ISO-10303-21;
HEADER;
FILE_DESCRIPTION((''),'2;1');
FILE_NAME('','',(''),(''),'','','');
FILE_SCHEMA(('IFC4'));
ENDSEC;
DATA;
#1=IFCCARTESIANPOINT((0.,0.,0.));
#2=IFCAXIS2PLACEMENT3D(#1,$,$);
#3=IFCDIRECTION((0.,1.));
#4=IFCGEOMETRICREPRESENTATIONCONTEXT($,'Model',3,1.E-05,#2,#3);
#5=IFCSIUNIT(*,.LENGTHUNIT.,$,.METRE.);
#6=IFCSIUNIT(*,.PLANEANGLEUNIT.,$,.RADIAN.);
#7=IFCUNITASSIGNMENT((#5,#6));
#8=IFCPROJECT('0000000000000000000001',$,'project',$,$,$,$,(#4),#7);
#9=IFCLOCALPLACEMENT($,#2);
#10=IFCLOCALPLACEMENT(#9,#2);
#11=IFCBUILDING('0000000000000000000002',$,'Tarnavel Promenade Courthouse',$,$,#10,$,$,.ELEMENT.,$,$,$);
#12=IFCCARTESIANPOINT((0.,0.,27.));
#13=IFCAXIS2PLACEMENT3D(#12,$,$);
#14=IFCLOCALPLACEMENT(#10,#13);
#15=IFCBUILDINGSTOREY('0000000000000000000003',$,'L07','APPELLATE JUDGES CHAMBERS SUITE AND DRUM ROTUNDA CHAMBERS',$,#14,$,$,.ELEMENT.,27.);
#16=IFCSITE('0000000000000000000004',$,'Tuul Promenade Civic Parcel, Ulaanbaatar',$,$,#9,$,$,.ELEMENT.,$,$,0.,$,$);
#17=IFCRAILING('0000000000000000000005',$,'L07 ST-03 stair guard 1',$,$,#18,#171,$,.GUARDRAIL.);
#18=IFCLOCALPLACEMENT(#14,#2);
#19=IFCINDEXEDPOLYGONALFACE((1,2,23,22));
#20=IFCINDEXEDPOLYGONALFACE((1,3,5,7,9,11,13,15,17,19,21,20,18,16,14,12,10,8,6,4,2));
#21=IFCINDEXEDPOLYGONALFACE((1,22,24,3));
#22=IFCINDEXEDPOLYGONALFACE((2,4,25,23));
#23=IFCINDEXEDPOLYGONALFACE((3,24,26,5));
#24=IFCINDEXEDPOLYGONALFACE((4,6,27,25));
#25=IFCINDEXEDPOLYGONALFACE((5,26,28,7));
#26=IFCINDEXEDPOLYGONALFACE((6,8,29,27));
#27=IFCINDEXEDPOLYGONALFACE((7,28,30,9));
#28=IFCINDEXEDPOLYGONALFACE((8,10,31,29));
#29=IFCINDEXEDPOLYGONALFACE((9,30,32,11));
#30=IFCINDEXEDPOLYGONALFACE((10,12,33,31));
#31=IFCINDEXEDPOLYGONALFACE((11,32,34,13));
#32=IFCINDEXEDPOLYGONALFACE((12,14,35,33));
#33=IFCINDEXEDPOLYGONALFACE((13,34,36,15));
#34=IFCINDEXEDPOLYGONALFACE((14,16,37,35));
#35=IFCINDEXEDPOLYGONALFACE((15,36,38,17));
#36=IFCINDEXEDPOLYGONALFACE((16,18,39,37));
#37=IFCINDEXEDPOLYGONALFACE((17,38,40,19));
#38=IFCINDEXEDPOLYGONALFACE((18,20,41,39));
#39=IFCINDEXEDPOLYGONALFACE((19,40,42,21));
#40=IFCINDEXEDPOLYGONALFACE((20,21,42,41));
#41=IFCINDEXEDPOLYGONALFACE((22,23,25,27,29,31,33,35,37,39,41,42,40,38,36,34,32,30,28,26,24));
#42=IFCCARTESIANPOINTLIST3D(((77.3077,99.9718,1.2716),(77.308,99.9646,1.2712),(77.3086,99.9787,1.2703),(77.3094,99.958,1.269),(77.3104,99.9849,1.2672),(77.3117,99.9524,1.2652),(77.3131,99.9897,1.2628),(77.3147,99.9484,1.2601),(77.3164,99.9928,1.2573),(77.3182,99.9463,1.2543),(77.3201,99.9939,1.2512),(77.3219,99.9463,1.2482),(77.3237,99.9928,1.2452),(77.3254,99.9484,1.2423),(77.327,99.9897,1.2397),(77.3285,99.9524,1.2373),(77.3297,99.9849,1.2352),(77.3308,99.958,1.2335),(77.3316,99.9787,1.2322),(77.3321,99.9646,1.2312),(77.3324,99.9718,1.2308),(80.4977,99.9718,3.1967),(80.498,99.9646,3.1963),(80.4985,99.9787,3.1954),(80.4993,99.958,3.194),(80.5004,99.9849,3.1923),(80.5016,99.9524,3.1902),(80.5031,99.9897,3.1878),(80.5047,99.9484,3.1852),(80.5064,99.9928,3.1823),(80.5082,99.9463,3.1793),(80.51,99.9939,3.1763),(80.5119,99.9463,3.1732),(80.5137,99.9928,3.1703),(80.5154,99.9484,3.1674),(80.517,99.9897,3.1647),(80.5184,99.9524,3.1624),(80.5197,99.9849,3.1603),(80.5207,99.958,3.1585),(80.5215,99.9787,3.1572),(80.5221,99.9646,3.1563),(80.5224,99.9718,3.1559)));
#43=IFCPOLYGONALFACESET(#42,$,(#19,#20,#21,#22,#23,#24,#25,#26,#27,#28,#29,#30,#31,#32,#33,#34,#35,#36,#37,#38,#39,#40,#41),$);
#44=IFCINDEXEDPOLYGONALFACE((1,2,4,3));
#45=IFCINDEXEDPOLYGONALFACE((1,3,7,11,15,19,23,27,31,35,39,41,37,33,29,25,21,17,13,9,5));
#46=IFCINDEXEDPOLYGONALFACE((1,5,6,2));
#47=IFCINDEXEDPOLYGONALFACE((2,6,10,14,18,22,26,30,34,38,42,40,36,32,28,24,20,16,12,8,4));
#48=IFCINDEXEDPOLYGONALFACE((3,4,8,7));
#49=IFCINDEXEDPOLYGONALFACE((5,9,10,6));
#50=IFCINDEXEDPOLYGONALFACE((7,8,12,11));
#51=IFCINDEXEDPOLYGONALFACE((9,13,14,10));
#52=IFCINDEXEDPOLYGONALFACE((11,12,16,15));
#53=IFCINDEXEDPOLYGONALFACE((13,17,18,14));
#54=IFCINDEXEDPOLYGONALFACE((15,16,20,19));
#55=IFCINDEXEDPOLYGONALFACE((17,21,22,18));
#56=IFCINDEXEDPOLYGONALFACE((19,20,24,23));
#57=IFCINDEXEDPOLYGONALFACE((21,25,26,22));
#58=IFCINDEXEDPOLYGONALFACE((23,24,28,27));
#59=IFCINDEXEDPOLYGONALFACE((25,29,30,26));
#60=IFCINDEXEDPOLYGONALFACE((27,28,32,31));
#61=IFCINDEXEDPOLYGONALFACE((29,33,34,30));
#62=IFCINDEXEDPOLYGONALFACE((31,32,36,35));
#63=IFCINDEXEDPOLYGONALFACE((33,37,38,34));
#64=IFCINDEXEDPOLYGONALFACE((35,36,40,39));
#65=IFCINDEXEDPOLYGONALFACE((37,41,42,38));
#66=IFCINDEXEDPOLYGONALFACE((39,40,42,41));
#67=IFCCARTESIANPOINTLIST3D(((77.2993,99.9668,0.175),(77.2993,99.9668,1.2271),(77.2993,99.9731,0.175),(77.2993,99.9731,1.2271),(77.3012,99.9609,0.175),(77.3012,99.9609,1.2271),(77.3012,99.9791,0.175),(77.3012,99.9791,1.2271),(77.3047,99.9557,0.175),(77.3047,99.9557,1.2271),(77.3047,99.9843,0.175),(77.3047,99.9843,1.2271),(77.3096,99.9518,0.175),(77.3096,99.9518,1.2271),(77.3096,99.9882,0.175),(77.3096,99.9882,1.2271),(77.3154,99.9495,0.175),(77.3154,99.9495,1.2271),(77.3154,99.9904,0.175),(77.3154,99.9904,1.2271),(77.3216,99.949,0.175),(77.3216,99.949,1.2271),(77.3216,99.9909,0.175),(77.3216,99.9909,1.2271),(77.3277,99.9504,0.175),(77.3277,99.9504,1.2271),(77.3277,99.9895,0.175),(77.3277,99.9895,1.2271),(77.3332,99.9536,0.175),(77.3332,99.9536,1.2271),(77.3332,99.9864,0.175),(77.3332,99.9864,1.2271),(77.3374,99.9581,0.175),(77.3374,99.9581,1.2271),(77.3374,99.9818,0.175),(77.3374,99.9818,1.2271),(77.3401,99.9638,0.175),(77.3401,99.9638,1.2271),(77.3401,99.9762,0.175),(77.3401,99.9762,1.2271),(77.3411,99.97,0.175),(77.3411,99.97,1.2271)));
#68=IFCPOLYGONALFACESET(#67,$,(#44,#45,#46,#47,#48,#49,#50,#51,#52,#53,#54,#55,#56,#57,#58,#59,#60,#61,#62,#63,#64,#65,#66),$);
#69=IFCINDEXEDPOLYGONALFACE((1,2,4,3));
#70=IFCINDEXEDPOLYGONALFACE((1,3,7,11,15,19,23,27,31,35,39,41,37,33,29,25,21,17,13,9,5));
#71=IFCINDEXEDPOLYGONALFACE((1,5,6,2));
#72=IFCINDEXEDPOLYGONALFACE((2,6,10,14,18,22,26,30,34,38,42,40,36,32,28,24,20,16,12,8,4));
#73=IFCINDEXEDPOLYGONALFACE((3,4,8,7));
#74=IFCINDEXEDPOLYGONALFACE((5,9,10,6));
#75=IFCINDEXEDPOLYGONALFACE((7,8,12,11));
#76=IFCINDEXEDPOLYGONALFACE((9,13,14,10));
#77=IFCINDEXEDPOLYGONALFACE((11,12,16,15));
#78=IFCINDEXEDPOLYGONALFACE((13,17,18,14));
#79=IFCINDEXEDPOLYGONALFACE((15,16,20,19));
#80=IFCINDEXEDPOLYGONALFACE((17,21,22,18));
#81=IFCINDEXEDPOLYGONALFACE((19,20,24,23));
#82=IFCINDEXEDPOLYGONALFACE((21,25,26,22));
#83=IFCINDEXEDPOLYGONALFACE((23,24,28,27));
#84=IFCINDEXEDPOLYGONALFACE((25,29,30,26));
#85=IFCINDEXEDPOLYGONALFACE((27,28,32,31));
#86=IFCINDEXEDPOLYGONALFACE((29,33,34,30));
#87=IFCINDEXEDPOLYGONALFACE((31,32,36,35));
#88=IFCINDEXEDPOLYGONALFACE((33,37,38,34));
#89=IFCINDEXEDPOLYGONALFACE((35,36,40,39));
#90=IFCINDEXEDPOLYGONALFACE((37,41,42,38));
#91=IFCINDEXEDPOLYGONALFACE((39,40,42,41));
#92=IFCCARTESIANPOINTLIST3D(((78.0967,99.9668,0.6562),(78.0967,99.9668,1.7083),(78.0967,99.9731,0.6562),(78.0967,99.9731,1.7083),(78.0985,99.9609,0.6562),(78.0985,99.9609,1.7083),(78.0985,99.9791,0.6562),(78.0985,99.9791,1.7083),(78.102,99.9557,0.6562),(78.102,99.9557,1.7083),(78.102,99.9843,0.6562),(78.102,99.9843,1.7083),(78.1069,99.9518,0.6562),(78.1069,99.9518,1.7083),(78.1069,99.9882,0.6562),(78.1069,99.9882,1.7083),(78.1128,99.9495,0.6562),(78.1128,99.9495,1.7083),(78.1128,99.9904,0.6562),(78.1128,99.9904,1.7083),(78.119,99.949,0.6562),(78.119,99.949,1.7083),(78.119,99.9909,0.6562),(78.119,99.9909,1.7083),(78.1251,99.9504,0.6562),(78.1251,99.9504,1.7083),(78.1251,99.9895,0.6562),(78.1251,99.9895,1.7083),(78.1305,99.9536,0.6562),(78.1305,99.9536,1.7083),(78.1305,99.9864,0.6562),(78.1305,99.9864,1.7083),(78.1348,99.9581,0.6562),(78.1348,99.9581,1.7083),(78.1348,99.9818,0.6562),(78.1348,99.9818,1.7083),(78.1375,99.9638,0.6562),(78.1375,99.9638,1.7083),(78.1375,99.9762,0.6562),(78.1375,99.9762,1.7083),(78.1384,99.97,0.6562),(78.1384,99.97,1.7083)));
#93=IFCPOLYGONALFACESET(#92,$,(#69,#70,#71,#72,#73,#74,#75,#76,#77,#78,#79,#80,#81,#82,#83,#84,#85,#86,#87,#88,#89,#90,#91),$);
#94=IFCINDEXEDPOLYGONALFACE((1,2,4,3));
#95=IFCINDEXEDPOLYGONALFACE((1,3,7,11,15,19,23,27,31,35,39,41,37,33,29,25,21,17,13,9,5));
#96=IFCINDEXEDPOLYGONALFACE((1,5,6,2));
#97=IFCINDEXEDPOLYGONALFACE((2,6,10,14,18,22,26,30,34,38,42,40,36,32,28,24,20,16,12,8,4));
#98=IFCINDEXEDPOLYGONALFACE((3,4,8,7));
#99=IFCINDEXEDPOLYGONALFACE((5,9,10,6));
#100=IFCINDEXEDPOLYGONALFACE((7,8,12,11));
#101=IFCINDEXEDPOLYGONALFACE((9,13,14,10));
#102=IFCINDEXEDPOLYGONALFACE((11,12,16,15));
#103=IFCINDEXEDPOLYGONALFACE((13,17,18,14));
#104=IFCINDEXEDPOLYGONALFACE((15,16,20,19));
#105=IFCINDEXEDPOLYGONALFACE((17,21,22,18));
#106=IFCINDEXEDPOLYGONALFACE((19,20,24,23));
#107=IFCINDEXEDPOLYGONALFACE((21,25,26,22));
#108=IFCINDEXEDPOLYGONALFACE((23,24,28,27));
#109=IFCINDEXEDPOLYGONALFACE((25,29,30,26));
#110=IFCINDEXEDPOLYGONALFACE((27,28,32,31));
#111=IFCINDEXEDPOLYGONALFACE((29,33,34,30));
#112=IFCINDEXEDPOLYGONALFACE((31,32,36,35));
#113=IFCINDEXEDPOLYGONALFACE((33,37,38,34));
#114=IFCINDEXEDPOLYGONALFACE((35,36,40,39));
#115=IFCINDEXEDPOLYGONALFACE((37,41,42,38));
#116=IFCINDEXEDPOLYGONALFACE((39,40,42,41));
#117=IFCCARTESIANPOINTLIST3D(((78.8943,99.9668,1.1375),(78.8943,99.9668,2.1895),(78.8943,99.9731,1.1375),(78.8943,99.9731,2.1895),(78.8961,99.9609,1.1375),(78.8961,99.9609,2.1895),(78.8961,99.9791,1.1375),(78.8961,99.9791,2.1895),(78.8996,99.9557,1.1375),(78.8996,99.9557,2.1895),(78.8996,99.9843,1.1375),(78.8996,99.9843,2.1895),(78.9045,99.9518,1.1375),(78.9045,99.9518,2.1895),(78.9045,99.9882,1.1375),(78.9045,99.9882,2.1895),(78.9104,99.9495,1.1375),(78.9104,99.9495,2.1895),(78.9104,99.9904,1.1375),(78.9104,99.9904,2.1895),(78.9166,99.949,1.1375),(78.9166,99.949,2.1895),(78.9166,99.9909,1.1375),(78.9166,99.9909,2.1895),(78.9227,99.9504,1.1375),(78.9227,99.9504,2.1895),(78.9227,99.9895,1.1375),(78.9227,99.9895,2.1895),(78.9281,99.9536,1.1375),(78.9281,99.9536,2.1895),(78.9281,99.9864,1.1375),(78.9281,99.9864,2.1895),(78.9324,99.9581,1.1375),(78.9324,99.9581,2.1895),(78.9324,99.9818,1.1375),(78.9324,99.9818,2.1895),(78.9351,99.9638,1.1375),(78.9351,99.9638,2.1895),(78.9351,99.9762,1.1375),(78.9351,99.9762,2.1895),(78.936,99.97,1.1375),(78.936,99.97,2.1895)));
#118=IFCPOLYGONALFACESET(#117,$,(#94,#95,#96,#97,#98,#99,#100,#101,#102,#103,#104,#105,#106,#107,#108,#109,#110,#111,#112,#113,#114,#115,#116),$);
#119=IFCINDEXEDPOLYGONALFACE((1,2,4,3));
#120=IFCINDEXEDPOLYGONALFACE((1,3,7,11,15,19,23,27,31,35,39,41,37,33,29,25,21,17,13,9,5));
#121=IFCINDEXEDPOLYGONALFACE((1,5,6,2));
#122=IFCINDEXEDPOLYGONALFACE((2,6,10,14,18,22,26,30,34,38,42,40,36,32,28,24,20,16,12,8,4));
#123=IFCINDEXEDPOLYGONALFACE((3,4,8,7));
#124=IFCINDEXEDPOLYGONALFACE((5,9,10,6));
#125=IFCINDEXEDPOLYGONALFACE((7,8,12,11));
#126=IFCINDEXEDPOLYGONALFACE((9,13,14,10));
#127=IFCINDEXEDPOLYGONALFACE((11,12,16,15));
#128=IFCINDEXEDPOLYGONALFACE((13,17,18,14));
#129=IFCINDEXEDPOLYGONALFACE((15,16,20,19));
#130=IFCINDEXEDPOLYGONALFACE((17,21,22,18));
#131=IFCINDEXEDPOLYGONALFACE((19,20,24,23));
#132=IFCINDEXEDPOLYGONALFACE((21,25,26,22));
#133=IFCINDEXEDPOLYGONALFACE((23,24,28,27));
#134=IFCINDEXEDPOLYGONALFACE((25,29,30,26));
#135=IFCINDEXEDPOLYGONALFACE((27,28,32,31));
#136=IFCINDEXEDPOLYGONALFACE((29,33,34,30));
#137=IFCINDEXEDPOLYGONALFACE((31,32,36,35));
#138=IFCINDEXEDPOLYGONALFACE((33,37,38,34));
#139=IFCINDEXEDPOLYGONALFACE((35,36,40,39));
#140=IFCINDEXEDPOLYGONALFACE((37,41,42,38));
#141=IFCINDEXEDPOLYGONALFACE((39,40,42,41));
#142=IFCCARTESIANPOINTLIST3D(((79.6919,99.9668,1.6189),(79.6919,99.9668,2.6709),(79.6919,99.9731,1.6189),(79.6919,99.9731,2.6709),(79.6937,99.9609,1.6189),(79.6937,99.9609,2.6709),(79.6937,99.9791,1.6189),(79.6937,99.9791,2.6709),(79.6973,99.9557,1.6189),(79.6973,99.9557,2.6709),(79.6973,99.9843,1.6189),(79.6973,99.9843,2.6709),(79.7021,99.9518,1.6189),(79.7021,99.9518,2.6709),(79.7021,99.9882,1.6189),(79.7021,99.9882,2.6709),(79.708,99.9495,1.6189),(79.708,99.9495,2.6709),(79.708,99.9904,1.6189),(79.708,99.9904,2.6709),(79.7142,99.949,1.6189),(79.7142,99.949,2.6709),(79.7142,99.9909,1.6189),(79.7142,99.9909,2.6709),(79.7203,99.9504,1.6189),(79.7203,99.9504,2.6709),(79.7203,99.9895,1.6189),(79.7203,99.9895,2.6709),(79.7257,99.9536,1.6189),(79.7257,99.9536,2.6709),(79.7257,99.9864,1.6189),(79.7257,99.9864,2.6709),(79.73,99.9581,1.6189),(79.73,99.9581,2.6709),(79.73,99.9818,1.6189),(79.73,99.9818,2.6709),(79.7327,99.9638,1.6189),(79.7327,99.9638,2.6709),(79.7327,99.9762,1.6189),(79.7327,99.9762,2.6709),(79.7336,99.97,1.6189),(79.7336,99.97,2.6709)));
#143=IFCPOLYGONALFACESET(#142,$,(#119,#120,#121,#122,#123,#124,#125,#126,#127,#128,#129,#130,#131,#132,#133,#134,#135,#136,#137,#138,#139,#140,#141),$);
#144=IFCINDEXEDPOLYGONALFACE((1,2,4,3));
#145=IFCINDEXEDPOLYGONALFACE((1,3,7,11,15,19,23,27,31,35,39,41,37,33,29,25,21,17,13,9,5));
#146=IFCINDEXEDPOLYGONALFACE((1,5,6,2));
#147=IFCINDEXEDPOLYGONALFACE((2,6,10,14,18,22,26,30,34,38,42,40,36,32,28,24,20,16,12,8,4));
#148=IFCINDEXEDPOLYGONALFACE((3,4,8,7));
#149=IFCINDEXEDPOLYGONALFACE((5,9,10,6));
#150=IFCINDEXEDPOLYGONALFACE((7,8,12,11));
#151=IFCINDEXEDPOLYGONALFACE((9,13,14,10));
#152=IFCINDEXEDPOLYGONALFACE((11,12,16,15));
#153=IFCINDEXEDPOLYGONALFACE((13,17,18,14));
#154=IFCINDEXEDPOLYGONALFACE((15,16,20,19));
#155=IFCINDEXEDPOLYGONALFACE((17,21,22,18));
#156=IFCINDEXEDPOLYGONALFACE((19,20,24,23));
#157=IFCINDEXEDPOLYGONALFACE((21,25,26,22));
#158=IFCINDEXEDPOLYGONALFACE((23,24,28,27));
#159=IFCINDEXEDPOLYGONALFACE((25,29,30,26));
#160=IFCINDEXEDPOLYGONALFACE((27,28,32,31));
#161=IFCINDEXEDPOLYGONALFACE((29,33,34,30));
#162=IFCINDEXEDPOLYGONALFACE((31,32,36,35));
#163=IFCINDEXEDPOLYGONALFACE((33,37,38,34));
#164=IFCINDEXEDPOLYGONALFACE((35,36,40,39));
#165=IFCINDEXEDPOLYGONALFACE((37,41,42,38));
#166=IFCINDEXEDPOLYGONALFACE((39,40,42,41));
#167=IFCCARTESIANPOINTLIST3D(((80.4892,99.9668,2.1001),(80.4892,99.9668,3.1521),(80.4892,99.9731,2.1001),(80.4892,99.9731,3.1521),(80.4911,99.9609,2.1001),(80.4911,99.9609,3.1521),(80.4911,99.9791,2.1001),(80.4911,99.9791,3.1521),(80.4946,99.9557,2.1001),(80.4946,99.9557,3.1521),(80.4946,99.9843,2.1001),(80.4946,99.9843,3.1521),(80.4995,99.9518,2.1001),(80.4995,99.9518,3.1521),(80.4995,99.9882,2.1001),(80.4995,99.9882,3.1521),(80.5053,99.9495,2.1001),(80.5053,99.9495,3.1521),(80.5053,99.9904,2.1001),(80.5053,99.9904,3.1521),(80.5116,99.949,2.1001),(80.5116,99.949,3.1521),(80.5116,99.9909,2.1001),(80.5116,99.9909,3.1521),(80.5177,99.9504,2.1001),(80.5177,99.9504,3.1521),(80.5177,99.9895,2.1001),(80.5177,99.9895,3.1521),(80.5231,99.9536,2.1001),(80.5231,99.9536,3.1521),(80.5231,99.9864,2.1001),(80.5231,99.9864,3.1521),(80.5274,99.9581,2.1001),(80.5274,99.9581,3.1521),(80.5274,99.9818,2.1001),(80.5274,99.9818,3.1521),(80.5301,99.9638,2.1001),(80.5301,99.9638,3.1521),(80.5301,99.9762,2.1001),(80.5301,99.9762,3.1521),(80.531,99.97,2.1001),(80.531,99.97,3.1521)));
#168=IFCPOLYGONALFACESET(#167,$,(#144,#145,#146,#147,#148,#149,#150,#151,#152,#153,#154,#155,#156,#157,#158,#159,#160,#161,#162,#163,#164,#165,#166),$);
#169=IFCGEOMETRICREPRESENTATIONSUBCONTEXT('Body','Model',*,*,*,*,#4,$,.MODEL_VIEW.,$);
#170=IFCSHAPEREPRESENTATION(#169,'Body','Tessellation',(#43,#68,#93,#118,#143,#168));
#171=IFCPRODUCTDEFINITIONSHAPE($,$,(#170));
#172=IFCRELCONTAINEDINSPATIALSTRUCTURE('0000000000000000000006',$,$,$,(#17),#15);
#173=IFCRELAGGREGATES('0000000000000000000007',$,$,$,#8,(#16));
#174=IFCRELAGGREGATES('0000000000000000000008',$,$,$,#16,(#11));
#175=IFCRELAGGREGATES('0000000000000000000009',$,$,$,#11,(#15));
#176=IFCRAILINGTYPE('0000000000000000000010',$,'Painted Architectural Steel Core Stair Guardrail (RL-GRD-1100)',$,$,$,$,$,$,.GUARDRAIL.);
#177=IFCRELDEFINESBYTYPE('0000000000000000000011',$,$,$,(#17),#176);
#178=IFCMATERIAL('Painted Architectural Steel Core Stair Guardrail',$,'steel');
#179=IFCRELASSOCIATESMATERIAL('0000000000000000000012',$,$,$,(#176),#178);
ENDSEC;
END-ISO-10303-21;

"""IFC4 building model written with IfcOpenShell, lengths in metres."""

from ifc_helpers import new_model, si_unit, direction, frame, origin, origin_2d, place, context, subcontext, project, spatial, circle, extrude, material, type_object, element, save


model = new_model("IFC4")

# Units and contexts
model_context = context("Model", 3, precision=1e-05, world=origin(), true_north=direction((0.0, 1.0)))
body_context = subcontext(model_context, "Body", "Model", "MODEL_VIEW")
ifc_project = project(units=[si_unit("LENGTHUNIT", "METRE"), si_unit("PLANEANGLEUNIT", "RADIAN")], contexts=[model_context])

# Site, building, storey
site_placement = place(None, origin())
site = spatial("IfcSite", under=ifc_project, at=site_placement, Name="Tuul Promenade Civic Parcel, Ulaanbaatar", CompositionType="ELEMENT", RefElevation=0.0)
building_placement = place(site_placement, origin())
building = spatial("IfcBuilding", under=site, at=building_placement, Name="Tarnavel Promenade Courthouse", CompositionType="ELEMENT")
storey_placement = place(building_placement, frame((0.0, 0.0, 27.0)))
storey = spatial("IfcBuildingStorey", under=building, at=storey_placement, Name="L07", Description="APPELLATE JUDGES CHAMBERS SUITE AND DRUM ROTUNDA CHAMBERS", CompositionType="ELEMENT", Elevation=27.0)

# Railing
ifc_material_1 = material(Name="Painted Architectural Steel Core Stair Guardrail", Category="steel")
railing_type_1 = type_object("IfcRailingType", Name="Painted Architectural Steel Core Stair Guardrail (RL-GRD-1100)", PredefinedType="GUARDRAIL", material=ifc_material_1)
railing_1_placement = place(storey_placement, frame((77.3201, 99.97, 0.175)))
element("IfcRailing", 1, at=railing_1_placement, inside=storey, type_object=railing_type_1, Name="L07 ST-03 stair guard 1", PredefinedType="GUARDRAIL", context=body_context, shape_type="SweptSolid", body=[
    extrude(circle(Radius=0.0239, at=origin_2d()), frame((0.0, 0.0, 1.0762), z_axis=(0.856178, 0.0, 0.516682), x_axis=(0.0, 1.0, 0.0)), (0.0, 0.0, 1.0), 3.7258),
    extrude(circle(Radius=0.021, at=origin_2d()), origin(), (0.0, 0.0, 1.0), 1.052),
    extrude(circle(Radius=0.021, at=origin_2d()), frame((0.7974, 0.0, 0.4812)), (0.0, 0.0, 1.0), 1.052),
    extrude(circle(Radius=0.021, at=origin_2d()), frame((1.595, 0.0, 0.9624)), (0.0, 0.0, 1.0), 1.052),
    extrude(circle(Radius=0.021, at=origin_2d()), frame((2.3926, 0.0, 1.4438)), (0.0, 0.0, 1.0), 1.052),
    extrude(circle(Radius=0.021, at=origin_2d()), frame((3.1899, 0.0, 1.925)), (0.0, 0.0, 1.0), 1.052),
])

save(model, "model.ifc")
